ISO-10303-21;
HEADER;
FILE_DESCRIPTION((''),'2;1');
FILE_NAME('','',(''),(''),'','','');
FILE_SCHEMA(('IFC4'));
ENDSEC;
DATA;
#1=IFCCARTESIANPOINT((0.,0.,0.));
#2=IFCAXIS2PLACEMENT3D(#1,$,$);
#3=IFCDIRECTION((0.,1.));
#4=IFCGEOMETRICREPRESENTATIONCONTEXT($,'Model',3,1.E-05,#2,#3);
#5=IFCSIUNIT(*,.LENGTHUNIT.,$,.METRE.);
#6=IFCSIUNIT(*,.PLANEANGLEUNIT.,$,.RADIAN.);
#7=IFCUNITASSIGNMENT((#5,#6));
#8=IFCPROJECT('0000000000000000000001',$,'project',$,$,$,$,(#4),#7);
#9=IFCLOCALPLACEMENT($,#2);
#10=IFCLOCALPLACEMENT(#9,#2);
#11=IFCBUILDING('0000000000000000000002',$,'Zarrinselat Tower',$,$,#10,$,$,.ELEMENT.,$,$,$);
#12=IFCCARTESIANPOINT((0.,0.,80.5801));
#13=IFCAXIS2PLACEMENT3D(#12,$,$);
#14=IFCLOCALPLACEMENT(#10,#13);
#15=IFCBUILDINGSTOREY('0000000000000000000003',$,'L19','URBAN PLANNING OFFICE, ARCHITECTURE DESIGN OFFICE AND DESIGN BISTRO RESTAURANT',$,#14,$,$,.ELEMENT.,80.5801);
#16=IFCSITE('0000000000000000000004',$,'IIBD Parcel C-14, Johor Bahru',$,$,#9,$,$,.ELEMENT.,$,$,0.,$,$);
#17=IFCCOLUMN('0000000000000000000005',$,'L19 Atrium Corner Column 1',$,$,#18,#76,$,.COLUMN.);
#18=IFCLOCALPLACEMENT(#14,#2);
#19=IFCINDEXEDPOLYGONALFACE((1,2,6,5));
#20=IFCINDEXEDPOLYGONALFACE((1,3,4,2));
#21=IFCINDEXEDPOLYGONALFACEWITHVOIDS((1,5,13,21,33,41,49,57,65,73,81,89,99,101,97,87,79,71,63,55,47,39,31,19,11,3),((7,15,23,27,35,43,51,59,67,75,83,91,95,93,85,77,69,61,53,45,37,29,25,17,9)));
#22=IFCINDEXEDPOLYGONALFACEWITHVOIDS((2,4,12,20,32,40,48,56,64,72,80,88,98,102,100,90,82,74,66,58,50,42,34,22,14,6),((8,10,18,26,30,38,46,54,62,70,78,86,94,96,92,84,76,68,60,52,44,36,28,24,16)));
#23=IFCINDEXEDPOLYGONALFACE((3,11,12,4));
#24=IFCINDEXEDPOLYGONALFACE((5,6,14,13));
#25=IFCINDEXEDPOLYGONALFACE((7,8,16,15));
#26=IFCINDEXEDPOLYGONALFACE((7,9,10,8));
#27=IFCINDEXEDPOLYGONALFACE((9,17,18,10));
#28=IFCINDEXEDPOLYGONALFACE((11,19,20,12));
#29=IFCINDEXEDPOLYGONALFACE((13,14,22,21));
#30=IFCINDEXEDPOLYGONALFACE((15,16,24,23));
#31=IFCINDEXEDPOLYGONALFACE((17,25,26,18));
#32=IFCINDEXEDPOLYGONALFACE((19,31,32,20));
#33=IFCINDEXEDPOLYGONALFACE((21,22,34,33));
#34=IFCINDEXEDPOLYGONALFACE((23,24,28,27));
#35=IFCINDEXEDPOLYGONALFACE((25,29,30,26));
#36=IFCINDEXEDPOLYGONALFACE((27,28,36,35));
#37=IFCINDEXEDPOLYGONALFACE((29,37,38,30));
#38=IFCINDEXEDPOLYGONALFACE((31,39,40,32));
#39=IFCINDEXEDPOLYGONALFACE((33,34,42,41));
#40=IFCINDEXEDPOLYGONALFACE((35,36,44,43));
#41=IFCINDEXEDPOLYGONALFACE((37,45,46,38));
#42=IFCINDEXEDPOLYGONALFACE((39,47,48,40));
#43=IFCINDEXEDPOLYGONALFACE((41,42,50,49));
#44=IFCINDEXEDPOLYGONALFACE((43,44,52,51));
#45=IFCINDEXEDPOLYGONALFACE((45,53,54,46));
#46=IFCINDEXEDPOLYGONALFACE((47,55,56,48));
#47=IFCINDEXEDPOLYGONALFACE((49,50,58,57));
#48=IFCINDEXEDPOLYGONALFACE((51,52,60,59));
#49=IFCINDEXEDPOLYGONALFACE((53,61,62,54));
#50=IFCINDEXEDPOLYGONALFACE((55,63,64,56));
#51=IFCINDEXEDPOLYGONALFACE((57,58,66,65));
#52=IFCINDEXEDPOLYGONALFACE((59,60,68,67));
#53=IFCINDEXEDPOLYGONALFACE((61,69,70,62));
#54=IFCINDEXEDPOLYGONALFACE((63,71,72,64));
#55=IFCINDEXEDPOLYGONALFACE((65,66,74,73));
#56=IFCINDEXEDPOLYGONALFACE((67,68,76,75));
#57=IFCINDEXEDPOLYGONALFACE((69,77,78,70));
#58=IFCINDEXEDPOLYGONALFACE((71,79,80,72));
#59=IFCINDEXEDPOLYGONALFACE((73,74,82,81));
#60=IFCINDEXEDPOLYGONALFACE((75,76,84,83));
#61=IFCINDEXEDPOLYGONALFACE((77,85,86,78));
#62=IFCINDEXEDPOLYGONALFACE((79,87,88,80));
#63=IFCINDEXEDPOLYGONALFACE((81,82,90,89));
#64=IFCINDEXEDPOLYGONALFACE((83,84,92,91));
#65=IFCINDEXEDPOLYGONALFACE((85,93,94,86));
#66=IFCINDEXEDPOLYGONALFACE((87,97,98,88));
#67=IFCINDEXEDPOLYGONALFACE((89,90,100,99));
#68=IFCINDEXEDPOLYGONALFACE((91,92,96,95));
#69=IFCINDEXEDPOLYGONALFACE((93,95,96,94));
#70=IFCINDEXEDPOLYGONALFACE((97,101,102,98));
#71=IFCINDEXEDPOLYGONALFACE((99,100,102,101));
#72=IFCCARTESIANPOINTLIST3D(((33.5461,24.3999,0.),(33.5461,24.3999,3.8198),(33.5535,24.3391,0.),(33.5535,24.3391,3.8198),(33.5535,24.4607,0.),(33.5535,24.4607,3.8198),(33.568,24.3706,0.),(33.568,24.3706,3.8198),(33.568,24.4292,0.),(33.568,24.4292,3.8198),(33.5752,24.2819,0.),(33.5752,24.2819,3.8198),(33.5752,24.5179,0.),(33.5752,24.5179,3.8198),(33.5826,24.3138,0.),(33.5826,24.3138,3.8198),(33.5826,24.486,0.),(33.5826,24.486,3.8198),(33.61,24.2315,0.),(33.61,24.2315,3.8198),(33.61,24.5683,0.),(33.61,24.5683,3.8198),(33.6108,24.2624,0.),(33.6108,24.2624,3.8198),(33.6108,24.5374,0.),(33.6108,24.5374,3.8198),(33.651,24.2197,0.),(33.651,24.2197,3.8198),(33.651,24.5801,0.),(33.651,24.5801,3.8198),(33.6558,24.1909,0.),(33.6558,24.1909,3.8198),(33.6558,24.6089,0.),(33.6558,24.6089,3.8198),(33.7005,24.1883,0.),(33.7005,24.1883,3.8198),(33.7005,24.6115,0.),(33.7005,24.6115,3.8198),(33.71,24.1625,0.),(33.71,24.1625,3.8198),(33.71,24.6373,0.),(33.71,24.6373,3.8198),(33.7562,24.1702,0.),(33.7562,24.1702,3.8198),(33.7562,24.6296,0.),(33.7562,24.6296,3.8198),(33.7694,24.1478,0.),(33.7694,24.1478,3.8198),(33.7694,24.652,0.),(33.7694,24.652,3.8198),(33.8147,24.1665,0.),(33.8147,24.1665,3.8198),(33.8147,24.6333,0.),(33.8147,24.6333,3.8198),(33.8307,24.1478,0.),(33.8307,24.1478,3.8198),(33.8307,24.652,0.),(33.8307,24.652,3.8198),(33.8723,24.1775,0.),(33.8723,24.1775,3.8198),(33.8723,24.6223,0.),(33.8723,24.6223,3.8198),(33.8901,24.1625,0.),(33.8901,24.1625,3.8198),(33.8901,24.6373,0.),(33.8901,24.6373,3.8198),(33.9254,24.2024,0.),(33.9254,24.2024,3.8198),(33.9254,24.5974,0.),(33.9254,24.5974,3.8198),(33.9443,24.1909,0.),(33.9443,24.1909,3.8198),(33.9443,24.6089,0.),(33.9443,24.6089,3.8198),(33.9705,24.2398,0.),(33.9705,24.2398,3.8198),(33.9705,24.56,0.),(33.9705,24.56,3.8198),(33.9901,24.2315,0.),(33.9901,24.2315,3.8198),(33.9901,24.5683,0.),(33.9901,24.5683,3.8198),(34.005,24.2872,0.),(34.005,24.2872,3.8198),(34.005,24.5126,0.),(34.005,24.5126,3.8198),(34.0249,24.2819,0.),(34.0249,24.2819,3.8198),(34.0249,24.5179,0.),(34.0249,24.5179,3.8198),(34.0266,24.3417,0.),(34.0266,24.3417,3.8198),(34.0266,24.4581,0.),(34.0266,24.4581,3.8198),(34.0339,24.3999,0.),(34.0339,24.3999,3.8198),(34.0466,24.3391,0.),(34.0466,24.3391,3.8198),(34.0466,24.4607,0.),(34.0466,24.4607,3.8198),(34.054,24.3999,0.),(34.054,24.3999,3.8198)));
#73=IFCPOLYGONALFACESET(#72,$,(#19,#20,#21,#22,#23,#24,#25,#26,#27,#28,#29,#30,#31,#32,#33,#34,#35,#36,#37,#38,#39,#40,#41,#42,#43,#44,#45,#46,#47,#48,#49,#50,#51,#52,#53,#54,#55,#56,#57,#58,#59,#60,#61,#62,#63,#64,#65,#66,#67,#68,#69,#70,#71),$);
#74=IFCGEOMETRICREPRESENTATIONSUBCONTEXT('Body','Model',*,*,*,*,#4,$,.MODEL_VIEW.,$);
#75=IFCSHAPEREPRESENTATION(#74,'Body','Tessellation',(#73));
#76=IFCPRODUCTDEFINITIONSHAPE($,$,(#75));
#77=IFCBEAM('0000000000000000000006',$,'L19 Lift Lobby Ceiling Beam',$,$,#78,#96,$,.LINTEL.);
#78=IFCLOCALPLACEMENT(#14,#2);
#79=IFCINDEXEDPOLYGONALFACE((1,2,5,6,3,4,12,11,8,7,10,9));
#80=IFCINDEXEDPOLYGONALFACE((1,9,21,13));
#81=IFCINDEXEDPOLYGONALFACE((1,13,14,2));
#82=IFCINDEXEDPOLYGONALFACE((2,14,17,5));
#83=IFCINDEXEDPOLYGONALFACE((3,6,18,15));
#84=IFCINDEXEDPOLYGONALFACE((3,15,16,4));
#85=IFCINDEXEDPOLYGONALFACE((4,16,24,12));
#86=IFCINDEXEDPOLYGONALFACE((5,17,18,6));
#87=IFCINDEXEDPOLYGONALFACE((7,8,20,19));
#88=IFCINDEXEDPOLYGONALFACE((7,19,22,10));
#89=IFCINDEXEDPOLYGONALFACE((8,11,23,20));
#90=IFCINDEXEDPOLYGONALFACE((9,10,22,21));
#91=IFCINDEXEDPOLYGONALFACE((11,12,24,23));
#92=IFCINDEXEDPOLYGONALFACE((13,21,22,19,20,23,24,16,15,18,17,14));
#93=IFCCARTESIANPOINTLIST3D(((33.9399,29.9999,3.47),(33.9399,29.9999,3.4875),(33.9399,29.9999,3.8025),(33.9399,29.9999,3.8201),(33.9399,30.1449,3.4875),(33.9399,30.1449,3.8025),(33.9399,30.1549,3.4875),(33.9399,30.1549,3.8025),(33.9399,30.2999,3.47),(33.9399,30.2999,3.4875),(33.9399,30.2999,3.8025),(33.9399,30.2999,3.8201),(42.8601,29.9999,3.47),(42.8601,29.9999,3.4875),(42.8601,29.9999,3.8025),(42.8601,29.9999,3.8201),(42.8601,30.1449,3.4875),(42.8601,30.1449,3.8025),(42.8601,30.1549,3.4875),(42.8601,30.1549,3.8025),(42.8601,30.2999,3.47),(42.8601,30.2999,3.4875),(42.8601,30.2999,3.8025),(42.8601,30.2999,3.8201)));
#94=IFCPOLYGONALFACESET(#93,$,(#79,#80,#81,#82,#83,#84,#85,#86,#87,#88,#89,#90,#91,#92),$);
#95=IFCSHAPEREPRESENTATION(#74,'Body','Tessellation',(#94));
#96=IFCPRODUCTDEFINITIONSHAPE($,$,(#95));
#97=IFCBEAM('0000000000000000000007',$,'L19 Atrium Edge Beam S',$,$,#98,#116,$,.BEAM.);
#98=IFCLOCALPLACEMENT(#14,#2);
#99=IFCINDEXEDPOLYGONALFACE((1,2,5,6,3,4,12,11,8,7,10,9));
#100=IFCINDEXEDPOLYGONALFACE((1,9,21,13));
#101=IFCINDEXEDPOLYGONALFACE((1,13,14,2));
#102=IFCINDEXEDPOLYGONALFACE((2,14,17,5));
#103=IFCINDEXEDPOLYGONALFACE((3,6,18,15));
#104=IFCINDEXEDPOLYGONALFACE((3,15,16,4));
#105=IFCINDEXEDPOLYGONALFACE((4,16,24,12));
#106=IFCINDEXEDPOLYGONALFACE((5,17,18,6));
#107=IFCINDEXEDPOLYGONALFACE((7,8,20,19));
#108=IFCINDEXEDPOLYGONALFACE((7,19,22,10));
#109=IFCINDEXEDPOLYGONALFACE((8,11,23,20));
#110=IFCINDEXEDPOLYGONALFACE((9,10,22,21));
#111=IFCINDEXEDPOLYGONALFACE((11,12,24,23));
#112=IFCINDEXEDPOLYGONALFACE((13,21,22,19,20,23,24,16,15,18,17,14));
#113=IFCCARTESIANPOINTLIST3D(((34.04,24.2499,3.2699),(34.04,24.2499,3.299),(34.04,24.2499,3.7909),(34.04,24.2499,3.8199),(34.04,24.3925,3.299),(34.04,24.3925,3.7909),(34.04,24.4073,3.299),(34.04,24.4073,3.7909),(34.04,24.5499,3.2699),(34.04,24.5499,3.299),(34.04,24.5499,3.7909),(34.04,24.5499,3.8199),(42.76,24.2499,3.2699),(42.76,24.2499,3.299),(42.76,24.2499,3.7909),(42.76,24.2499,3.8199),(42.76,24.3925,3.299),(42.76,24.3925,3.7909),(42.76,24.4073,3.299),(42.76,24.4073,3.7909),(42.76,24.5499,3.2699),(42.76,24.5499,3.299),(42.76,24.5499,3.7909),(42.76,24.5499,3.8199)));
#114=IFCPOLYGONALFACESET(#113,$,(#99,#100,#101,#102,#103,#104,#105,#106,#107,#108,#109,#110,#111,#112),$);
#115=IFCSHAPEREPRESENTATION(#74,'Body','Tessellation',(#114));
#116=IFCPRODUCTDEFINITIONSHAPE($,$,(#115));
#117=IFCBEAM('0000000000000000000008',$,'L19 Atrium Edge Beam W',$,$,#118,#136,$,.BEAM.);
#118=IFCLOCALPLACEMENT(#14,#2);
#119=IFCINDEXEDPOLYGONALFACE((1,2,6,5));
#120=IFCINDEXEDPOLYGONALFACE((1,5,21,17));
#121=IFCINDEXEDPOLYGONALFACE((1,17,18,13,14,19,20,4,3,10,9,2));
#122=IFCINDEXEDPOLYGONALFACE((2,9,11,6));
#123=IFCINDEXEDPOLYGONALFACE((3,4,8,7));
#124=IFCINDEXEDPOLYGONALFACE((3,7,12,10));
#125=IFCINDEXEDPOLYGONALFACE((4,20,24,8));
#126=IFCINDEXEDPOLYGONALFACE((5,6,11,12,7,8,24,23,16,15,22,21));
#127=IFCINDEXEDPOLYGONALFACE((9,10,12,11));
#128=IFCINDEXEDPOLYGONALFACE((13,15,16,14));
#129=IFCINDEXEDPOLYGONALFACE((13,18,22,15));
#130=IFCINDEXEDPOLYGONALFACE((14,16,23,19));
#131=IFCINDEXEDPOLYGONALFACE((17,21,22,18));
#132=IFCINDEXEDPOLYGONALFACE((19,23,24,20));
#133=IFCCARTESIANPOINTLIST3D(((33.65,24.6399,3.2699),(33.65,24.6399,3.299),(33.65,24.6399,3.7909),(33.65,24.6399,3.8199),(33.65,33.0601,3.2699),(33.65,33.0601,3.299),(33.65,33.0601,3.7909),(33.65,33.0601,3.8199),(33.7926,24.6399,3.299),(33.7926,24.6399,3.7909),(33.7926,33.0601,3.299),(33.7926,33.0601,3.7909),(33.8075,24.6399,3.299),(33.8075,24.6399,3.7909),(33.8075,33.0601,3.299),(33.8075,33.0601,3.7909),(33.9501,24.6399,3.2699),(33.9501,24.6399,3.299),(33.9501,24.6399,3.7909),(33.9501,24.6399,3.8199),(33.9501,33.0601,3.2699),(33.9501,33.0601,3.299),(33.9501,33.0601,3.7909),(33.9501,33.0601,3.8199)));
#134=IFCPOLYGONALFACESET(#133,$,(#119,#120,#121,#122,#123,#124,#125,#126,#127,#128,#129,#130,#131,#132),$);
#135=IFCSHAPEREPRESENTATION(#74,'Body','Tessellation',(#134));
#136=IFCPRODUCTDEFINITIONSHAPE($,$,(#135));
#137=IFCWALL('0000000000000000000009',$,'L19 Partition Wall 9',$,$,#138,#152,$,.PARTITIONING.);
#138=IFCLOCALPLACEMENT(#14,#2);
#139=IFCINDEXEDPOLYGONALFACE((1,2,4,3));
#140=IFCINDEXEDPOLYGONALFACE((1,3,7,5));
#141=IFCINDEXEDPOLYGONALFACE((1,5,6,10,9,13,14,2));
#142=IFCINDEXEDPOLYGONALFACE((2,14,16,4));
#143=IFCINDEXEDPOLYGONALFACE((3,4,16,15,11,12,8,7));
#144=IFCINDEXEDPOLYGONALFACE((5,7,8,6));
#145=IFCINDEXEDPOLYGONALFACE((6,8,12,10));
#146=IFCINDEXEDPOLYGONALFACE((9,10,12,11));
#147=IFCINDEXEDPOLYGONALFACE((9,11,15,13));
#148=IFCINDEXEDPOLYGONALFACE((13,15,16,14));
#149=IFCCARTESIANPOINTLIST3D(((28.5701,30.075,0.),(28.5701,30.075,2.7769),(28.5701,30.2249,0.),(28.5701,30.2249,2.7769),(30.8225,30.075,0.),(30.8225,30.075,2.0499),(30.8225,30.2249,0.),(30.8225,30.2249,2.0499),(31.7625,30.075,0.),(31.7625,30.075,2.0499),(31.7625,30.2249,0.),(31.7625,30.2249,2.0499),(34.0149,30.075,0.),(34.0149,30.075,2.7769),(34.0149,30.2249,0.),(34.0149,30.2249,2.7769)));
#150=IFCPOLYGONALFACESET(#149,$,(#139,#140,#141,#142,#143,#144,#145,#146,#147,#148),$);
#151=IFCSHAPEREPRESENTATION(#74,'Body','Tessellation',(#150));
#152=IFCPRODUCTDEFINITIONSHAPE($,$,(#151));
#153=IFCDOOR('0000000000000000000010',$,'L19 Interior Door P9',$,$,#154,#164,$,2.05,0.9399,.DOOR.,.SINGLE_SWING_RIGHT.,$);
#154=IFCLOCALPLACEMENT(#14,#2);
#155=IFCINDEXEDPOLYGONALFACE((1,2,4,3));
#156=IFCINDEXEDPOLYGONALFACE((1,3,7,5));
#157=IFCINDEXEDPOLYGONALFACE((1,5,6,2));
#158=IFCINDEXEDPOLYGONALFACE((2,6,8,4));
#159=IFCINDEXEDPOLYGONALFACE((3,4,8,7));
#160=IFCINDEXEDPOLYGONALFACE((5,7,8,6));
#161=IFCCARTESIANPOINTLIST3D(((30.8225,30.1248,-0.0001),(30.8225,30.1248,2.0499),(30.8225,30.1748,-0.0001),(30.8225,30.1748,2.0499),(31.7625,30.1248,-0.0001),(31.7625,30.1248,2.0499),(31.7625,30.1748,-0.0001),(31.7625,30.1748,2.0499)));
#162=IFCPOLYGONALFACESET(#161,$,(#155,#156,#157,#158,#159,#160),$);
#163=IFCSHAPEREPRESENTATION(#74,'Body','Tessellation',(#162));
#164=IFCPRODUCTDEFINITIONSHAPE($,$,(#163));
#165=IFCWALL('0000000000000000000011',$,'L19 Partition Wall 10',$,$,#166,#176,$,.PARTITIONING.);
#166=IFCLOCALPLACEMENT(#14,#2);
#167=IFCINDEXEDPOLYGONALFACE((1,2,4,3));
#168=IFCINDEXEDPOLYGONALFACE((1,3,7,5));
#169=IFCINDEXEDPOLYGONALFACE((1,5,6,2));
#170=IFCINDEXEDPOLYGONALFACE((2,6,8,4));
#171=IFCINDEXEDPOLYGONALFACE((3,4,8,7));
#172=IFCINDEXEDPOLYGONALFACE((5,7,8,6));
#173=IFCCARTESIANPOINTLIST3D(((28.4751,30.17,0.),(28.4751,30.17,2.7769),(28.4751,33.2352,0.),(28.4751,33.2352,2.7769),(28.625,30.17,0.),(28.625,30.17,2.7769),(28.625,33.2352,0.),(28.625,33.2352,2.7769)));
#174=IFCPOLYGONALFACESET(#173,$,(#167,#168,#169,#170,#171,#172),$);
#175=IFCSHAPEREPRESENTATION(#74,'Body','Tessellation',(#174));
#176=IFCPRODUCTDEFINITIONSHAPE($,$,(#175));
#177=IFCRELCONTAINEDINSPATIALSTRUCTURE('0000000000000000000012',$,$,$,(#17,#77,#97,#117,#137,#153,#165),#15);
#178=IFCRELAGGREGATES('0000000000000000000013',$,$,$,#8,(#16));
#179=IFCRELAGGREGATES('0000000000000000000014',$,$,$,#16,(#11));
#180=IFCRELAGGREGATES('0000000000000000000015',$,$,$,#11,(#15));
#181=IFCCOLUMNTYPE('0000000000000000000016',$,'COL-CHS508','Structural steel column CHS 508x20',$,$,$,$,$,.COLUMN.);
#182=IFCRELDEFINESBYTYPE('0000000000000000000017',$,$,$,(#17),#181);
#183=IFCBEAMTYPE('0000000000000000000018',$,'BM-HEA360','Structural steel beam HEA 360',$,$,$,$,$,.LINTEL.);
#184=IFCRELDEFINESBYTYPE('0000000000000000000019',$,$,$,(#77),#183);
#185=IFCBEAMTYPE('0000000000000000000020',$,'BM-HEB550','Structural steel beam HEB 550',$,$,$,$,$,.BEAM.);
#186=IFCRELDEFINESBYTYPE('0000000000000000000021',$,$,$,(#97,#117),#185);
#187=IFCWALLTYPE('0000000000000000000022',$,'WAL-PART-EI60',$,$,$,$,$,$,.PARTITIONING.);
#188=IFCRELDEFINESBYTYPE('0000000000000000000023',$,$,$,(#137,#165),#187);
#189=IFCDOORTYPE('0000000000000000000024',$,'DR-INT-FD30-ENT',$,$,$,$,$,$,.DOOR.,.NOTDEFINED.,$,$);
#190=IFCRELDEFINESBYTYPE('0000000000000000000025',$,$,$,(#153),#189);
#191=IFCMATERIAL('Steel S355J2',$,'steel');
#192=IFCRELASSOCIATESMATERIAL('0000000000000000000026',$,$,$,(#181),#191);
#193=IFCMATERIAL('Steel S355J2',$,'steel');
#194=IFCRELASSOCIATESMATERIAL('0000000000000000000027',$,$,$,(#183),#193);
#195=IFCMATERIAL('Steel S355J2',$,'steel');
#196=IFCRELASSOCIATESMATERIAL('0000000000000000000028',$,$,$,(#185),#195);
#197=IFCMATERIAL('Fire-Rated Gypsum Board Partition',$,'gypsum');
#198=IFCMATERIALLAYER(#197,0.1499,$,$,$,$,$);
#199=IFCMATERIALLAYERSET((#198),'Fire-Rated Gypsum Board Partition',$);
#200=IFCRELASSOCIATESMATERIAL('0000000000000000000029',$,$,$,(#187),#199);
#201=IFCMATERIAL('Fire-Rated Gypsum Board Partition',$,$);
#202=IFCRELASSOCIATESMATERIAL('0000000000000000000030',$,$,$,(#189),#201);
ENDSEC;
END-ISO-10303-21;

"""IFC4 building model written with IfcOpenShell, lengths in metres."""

from ifc_helpers import new_model, si_unit, direction, frame, frame_2d, origin, origin_2d, place, context, subcontext, project, spatial, rectangle, hollow_circle, i_section, extrude, material, layer, layer_set, material_profile, profile_set, type_object, element, fill, save


model = new_model("IFC4")

# Units and contexts
model_context = context("Model", 3, precision=1e-05, world=origin(), true_north=direction((0.0, 1.0)))
body_context = subcontext(model_context, "Body", "Model", "MODEL_VIEW")
ifc_project = project(units=[si_unit("LENGTHUNIT", "METRE"), si_unit("PLANEANGLEUNIT", "RADIAN")], contexts=[model_context])

# Site, building, storey
site_placement = place(None, origin())
site = spatial("IfcSite", under=ifc_project, at=site_placement, Name="IIBD Parcel C-14, Johor Bahru", CompositionType="ELEMENT", RefElevation=0.0)
building_placement = place(site_placement, origin())
building = spatial("IfcBuilding", under=site, at=building_placement, Name="Zarrinselat Tower", CompositionType="ELEMENT")
storey_placement = place(building_placement, frame((0.0, 0.0, 80.5801)))
storey = spatial("IfcBuildingStorey", under=building, at=storey_placement, Name="L19", Description="URBAN PLANNING OFFICE, ARCHITECTURE DESIGN OFFICE AND DESIGN BISTRO RESTAURANT", CompositionType="ELEMENT", Elevation=80.5801)

# Column
ifc_material_1 = material(Name="Steel S355J2", Category="steel")
ifc_material_profile_1 = material_profile(ifc_material_1, hollow_circle(Radius=0.2539, WallThickness=0.02, at=origin_2d()), Name="CHS 508x20")
ifc_profile_set_1 = profile_set([ifc_material_profile_1], Name="Steel S355J2")
column_type = type_object("IfcColumnType", Name="COL-CHS508", Description="Structural steel column CHS 508x20", PredefinedType="COLUMN", material=ifc_profile_set_1)
column_placement = place(storey_placement, frame((33.8, 24.3999, 0.0), z_axis=(0.0, 0.0, 1.0), x_axis=(1.0, 0.0, 0.0)))
element("IfcColumn", 1, at=column_placement, inside=storey, type_object=column_type, Name="L19 Atrium Corner Column 1", PredefinedType="COLUMN", context=body_context, shape_type="SweptSolid", body=[
    extrude(hollow_circle(Radius=0.2539, WallThickness=0.02, at=origin_2d()), origin(), (0.0, 0.0, 1.0), 3.8198),
])

# Beams
ifc_material_2 = material(Name="Steel S355J2", Category="steel")
ifc_material_profile_2 = material_profile(ifc_material_2, i_section(OverallWidth=0.3, OverallDepth=0.3501, WebThickness=0.01, FlangeThickness=0.0176, at=origin_2d()), Name="HEA 360")
ifc_profile_set_2 = profile_set([ifc_material_profile_2], Name="Steel S355J2")
beam_type_1 = type_object("IfcBeamType", Name="BM-HEA360", Description="Structural steel beam HEA 360", PredefinedType="LINTEL", material=ifc_profile_set_2)
beam_1_placement = place(storey_placement, frame((33.9399, 30.1499, 3.645), z_axis=(1.0, 0.0, 0.0), x_axis=(0.0, 1.0, 0.0)))
element("IfcBeam", 2, at=beam_1_placement, inside=storey, type_object=beam_type_1, Name="L19 Lift Lobby Ceiling Beam", PredefinedType="LINTEL", context=body_context, shape_type="SweptSolid", body=[
    extrude(i_section(OverallWidth=0.3, OverallDepth=0.3501, WebThickness=0.01, FlangeThickness=0.0176, at=origin_2d()), origin(), (0.0, 0.0, 1.0), 8.9202),
])
ifc_material_3 = material(Name="Steel S355J2", Category="steel")
ifc_material_profile_3 = material_profile(ifc_material_3, i_section(OverallWidth=0.3, OverallDepth=0.55, WebThickness=0.0149, FlangeThickness=0.0291, at=origin_2d()), Name="HEB 550")
ifc_profile_set_3 = profile_set([ifc_material_profile_3], Name="Steel S355J2")
beam_type_2 = type_object("IfcBeamType", Name="BM-HEB550", Description="Structural steel beam HEB 550", PredefinedType="BEAM", material=ifc_profile_set_3)
beam_2_placement = place(storey_placement, frame((34.04, 24.3999, 3.5449), z_axis=(1.0, 0.0, 0.0), x_axis=(0.0, 1.0, 0.0)))
element("IfcBeam", 3, at=beam_2_placement, inside=storey, type_object=beam_type_2, Name="L19 Atrium Edge Beam S", PredefinedType="BEAM", context=body_context, shape_type="SweptSolid", body=[
    extrude(i_section(OverallWidth=0.3, OverallDepth=0.55, WebThickness=0.0149, FlangeThickness=0.0291, at=origin_2d()), origin(), (0.0, 0.0, 1.0), 8.72),
])
beam_3_placement = place(storey_placement, frame((33.8, 24.6399, 3.5449), z_axis=(0.0, 1.0, 0.0), x_axis=(-1.0, 0.0, 0.0)))
element("IfcBeam", 4, at=beam_3_placement, inside=storey, type_object=beam_type_2, Name="L19 Atrium Edge Beam W", PredefinedType="BEAM", context=body_context, shape_type="SweptSolid", body=[
    extrude(i_section(OverallWidth=0.3, OverallDepth=0.55, WebThickness=0.0149, FlangeThickness=0.0291, at=origin_2d()), origin(), (0.0, 0.0, 1.0), 8.4202),
])

# Wall, opening, door
ifc_material_4 = material(Name="Fire-Rated Gypsum Board Partition", Category="gypsum")
ifc_layer_1 = layer(ifc_material_4, 0.1499)
ifc_layer_set_1 = layer_set([ifc_layer_1], Name="Fire-Rated Gypsum Board Partition")
wall_type_1 = type_object("IfcWallType", Name="WAL-PART-EI60", PredefinedType="PARTITIONING", material=ifc_layer_set_1)
wall_1_placement = place(storey_placement, frame((28.5701, 30.1499, 0.0), z_axis=(0.0, 0.0, 1.0), x_axis=(1.0, 0.0, 0.0)))
wall_1 = element("IfcWall", 5, at=wall_1_placement, inside=storey, type_object=wall_type_1, Name="L19 Partition Wall 9", PredefinedType="PARTITIONING", context=body_context, shape_type="SweptSolid", body=[
    extrude(rectangle(XDim=5.4448, YDim=0.1499, at=frame_2d((2.7224, 0.0))), origin(), (0.0, 0.0, 1.0), 2.7769),
])
opening_1_placement = place(wall_1_placement, frame((2.2524, 0.0, 0.0)))
opening_1 = element("IfcOpeningElement", 6, at=opening_1_placement, cuts=wall_1, PredefinedType="OPENING", context=body_context, shape_type="SweptSolid", body=[
    extrude(rectangle(XDim=0.9399, YDim=2.05, at=frame_2d((0.47, 1.0249))), frame((0.0, 0.085, 0.0), z_axis=(0.0, -1.0, 0.0), x_axis=(1.0, 0.0, 0.0)), (0.0, 0.0, 1.0), 0.1699),
])
ifc_material_5 = material(Name="Fire-Rated Gypsum Board Partition")
door_type_1 = type_object("IfcDoorType", Name="DR-INT-FD30-ENT", OperationType="NOTDEFINED", PredefinedType="DOOR", material=ifc_material_5)
door_1_placement = place(opening_1_placement, origin())
door_1 = element("IfcDoor", 7, at=door_1_placement, inside=storey, type_object=door_type_1, Name="L19 Interior Door P9", OperationType="SINGLE_SWING_RIGHT", OverallHeight=2.05, OverallWidth=0.9399, PredefinedType="DOOR", context=body_context, shape_type="SweptSolid", body=[
    extrude(rectangle(XDim=0.9399, YDim=2.05, at=frame_2d((0.47, 1.0249))), frame((0.0, 0.0249, 0.0), z_axis=(0.0, -1.0, 0.0), x_axis=(1.0, 0.0, 0.0)), (0.0, 0.0, 1.0), 0.05),
])
fill(opening_1, door_1)

# Wall
wall_2_placement = place(storey_placement, frame((28.55, 30.1699, 0.0), z_axis=(0.0, 0.0, 1.0), x_axis=(0.0, 1.0, 0.0)))
element("IfcWall", 8, at=wall_2_placement, inside=storey, type_object=wall_type_1, Name="L19 Partition Wall 10", PredefinedType="PARTITIONING", context=body_context, shape_type="SweptSolid", body=[
    extrude(rectangle(XDim=3.0652, YDim=0.1499, at=frame_2d((1.5327, 0.0))), origin(), (0.0, 0.0, 1.0), 2.7769),
])

save(model, "model.ifc")
